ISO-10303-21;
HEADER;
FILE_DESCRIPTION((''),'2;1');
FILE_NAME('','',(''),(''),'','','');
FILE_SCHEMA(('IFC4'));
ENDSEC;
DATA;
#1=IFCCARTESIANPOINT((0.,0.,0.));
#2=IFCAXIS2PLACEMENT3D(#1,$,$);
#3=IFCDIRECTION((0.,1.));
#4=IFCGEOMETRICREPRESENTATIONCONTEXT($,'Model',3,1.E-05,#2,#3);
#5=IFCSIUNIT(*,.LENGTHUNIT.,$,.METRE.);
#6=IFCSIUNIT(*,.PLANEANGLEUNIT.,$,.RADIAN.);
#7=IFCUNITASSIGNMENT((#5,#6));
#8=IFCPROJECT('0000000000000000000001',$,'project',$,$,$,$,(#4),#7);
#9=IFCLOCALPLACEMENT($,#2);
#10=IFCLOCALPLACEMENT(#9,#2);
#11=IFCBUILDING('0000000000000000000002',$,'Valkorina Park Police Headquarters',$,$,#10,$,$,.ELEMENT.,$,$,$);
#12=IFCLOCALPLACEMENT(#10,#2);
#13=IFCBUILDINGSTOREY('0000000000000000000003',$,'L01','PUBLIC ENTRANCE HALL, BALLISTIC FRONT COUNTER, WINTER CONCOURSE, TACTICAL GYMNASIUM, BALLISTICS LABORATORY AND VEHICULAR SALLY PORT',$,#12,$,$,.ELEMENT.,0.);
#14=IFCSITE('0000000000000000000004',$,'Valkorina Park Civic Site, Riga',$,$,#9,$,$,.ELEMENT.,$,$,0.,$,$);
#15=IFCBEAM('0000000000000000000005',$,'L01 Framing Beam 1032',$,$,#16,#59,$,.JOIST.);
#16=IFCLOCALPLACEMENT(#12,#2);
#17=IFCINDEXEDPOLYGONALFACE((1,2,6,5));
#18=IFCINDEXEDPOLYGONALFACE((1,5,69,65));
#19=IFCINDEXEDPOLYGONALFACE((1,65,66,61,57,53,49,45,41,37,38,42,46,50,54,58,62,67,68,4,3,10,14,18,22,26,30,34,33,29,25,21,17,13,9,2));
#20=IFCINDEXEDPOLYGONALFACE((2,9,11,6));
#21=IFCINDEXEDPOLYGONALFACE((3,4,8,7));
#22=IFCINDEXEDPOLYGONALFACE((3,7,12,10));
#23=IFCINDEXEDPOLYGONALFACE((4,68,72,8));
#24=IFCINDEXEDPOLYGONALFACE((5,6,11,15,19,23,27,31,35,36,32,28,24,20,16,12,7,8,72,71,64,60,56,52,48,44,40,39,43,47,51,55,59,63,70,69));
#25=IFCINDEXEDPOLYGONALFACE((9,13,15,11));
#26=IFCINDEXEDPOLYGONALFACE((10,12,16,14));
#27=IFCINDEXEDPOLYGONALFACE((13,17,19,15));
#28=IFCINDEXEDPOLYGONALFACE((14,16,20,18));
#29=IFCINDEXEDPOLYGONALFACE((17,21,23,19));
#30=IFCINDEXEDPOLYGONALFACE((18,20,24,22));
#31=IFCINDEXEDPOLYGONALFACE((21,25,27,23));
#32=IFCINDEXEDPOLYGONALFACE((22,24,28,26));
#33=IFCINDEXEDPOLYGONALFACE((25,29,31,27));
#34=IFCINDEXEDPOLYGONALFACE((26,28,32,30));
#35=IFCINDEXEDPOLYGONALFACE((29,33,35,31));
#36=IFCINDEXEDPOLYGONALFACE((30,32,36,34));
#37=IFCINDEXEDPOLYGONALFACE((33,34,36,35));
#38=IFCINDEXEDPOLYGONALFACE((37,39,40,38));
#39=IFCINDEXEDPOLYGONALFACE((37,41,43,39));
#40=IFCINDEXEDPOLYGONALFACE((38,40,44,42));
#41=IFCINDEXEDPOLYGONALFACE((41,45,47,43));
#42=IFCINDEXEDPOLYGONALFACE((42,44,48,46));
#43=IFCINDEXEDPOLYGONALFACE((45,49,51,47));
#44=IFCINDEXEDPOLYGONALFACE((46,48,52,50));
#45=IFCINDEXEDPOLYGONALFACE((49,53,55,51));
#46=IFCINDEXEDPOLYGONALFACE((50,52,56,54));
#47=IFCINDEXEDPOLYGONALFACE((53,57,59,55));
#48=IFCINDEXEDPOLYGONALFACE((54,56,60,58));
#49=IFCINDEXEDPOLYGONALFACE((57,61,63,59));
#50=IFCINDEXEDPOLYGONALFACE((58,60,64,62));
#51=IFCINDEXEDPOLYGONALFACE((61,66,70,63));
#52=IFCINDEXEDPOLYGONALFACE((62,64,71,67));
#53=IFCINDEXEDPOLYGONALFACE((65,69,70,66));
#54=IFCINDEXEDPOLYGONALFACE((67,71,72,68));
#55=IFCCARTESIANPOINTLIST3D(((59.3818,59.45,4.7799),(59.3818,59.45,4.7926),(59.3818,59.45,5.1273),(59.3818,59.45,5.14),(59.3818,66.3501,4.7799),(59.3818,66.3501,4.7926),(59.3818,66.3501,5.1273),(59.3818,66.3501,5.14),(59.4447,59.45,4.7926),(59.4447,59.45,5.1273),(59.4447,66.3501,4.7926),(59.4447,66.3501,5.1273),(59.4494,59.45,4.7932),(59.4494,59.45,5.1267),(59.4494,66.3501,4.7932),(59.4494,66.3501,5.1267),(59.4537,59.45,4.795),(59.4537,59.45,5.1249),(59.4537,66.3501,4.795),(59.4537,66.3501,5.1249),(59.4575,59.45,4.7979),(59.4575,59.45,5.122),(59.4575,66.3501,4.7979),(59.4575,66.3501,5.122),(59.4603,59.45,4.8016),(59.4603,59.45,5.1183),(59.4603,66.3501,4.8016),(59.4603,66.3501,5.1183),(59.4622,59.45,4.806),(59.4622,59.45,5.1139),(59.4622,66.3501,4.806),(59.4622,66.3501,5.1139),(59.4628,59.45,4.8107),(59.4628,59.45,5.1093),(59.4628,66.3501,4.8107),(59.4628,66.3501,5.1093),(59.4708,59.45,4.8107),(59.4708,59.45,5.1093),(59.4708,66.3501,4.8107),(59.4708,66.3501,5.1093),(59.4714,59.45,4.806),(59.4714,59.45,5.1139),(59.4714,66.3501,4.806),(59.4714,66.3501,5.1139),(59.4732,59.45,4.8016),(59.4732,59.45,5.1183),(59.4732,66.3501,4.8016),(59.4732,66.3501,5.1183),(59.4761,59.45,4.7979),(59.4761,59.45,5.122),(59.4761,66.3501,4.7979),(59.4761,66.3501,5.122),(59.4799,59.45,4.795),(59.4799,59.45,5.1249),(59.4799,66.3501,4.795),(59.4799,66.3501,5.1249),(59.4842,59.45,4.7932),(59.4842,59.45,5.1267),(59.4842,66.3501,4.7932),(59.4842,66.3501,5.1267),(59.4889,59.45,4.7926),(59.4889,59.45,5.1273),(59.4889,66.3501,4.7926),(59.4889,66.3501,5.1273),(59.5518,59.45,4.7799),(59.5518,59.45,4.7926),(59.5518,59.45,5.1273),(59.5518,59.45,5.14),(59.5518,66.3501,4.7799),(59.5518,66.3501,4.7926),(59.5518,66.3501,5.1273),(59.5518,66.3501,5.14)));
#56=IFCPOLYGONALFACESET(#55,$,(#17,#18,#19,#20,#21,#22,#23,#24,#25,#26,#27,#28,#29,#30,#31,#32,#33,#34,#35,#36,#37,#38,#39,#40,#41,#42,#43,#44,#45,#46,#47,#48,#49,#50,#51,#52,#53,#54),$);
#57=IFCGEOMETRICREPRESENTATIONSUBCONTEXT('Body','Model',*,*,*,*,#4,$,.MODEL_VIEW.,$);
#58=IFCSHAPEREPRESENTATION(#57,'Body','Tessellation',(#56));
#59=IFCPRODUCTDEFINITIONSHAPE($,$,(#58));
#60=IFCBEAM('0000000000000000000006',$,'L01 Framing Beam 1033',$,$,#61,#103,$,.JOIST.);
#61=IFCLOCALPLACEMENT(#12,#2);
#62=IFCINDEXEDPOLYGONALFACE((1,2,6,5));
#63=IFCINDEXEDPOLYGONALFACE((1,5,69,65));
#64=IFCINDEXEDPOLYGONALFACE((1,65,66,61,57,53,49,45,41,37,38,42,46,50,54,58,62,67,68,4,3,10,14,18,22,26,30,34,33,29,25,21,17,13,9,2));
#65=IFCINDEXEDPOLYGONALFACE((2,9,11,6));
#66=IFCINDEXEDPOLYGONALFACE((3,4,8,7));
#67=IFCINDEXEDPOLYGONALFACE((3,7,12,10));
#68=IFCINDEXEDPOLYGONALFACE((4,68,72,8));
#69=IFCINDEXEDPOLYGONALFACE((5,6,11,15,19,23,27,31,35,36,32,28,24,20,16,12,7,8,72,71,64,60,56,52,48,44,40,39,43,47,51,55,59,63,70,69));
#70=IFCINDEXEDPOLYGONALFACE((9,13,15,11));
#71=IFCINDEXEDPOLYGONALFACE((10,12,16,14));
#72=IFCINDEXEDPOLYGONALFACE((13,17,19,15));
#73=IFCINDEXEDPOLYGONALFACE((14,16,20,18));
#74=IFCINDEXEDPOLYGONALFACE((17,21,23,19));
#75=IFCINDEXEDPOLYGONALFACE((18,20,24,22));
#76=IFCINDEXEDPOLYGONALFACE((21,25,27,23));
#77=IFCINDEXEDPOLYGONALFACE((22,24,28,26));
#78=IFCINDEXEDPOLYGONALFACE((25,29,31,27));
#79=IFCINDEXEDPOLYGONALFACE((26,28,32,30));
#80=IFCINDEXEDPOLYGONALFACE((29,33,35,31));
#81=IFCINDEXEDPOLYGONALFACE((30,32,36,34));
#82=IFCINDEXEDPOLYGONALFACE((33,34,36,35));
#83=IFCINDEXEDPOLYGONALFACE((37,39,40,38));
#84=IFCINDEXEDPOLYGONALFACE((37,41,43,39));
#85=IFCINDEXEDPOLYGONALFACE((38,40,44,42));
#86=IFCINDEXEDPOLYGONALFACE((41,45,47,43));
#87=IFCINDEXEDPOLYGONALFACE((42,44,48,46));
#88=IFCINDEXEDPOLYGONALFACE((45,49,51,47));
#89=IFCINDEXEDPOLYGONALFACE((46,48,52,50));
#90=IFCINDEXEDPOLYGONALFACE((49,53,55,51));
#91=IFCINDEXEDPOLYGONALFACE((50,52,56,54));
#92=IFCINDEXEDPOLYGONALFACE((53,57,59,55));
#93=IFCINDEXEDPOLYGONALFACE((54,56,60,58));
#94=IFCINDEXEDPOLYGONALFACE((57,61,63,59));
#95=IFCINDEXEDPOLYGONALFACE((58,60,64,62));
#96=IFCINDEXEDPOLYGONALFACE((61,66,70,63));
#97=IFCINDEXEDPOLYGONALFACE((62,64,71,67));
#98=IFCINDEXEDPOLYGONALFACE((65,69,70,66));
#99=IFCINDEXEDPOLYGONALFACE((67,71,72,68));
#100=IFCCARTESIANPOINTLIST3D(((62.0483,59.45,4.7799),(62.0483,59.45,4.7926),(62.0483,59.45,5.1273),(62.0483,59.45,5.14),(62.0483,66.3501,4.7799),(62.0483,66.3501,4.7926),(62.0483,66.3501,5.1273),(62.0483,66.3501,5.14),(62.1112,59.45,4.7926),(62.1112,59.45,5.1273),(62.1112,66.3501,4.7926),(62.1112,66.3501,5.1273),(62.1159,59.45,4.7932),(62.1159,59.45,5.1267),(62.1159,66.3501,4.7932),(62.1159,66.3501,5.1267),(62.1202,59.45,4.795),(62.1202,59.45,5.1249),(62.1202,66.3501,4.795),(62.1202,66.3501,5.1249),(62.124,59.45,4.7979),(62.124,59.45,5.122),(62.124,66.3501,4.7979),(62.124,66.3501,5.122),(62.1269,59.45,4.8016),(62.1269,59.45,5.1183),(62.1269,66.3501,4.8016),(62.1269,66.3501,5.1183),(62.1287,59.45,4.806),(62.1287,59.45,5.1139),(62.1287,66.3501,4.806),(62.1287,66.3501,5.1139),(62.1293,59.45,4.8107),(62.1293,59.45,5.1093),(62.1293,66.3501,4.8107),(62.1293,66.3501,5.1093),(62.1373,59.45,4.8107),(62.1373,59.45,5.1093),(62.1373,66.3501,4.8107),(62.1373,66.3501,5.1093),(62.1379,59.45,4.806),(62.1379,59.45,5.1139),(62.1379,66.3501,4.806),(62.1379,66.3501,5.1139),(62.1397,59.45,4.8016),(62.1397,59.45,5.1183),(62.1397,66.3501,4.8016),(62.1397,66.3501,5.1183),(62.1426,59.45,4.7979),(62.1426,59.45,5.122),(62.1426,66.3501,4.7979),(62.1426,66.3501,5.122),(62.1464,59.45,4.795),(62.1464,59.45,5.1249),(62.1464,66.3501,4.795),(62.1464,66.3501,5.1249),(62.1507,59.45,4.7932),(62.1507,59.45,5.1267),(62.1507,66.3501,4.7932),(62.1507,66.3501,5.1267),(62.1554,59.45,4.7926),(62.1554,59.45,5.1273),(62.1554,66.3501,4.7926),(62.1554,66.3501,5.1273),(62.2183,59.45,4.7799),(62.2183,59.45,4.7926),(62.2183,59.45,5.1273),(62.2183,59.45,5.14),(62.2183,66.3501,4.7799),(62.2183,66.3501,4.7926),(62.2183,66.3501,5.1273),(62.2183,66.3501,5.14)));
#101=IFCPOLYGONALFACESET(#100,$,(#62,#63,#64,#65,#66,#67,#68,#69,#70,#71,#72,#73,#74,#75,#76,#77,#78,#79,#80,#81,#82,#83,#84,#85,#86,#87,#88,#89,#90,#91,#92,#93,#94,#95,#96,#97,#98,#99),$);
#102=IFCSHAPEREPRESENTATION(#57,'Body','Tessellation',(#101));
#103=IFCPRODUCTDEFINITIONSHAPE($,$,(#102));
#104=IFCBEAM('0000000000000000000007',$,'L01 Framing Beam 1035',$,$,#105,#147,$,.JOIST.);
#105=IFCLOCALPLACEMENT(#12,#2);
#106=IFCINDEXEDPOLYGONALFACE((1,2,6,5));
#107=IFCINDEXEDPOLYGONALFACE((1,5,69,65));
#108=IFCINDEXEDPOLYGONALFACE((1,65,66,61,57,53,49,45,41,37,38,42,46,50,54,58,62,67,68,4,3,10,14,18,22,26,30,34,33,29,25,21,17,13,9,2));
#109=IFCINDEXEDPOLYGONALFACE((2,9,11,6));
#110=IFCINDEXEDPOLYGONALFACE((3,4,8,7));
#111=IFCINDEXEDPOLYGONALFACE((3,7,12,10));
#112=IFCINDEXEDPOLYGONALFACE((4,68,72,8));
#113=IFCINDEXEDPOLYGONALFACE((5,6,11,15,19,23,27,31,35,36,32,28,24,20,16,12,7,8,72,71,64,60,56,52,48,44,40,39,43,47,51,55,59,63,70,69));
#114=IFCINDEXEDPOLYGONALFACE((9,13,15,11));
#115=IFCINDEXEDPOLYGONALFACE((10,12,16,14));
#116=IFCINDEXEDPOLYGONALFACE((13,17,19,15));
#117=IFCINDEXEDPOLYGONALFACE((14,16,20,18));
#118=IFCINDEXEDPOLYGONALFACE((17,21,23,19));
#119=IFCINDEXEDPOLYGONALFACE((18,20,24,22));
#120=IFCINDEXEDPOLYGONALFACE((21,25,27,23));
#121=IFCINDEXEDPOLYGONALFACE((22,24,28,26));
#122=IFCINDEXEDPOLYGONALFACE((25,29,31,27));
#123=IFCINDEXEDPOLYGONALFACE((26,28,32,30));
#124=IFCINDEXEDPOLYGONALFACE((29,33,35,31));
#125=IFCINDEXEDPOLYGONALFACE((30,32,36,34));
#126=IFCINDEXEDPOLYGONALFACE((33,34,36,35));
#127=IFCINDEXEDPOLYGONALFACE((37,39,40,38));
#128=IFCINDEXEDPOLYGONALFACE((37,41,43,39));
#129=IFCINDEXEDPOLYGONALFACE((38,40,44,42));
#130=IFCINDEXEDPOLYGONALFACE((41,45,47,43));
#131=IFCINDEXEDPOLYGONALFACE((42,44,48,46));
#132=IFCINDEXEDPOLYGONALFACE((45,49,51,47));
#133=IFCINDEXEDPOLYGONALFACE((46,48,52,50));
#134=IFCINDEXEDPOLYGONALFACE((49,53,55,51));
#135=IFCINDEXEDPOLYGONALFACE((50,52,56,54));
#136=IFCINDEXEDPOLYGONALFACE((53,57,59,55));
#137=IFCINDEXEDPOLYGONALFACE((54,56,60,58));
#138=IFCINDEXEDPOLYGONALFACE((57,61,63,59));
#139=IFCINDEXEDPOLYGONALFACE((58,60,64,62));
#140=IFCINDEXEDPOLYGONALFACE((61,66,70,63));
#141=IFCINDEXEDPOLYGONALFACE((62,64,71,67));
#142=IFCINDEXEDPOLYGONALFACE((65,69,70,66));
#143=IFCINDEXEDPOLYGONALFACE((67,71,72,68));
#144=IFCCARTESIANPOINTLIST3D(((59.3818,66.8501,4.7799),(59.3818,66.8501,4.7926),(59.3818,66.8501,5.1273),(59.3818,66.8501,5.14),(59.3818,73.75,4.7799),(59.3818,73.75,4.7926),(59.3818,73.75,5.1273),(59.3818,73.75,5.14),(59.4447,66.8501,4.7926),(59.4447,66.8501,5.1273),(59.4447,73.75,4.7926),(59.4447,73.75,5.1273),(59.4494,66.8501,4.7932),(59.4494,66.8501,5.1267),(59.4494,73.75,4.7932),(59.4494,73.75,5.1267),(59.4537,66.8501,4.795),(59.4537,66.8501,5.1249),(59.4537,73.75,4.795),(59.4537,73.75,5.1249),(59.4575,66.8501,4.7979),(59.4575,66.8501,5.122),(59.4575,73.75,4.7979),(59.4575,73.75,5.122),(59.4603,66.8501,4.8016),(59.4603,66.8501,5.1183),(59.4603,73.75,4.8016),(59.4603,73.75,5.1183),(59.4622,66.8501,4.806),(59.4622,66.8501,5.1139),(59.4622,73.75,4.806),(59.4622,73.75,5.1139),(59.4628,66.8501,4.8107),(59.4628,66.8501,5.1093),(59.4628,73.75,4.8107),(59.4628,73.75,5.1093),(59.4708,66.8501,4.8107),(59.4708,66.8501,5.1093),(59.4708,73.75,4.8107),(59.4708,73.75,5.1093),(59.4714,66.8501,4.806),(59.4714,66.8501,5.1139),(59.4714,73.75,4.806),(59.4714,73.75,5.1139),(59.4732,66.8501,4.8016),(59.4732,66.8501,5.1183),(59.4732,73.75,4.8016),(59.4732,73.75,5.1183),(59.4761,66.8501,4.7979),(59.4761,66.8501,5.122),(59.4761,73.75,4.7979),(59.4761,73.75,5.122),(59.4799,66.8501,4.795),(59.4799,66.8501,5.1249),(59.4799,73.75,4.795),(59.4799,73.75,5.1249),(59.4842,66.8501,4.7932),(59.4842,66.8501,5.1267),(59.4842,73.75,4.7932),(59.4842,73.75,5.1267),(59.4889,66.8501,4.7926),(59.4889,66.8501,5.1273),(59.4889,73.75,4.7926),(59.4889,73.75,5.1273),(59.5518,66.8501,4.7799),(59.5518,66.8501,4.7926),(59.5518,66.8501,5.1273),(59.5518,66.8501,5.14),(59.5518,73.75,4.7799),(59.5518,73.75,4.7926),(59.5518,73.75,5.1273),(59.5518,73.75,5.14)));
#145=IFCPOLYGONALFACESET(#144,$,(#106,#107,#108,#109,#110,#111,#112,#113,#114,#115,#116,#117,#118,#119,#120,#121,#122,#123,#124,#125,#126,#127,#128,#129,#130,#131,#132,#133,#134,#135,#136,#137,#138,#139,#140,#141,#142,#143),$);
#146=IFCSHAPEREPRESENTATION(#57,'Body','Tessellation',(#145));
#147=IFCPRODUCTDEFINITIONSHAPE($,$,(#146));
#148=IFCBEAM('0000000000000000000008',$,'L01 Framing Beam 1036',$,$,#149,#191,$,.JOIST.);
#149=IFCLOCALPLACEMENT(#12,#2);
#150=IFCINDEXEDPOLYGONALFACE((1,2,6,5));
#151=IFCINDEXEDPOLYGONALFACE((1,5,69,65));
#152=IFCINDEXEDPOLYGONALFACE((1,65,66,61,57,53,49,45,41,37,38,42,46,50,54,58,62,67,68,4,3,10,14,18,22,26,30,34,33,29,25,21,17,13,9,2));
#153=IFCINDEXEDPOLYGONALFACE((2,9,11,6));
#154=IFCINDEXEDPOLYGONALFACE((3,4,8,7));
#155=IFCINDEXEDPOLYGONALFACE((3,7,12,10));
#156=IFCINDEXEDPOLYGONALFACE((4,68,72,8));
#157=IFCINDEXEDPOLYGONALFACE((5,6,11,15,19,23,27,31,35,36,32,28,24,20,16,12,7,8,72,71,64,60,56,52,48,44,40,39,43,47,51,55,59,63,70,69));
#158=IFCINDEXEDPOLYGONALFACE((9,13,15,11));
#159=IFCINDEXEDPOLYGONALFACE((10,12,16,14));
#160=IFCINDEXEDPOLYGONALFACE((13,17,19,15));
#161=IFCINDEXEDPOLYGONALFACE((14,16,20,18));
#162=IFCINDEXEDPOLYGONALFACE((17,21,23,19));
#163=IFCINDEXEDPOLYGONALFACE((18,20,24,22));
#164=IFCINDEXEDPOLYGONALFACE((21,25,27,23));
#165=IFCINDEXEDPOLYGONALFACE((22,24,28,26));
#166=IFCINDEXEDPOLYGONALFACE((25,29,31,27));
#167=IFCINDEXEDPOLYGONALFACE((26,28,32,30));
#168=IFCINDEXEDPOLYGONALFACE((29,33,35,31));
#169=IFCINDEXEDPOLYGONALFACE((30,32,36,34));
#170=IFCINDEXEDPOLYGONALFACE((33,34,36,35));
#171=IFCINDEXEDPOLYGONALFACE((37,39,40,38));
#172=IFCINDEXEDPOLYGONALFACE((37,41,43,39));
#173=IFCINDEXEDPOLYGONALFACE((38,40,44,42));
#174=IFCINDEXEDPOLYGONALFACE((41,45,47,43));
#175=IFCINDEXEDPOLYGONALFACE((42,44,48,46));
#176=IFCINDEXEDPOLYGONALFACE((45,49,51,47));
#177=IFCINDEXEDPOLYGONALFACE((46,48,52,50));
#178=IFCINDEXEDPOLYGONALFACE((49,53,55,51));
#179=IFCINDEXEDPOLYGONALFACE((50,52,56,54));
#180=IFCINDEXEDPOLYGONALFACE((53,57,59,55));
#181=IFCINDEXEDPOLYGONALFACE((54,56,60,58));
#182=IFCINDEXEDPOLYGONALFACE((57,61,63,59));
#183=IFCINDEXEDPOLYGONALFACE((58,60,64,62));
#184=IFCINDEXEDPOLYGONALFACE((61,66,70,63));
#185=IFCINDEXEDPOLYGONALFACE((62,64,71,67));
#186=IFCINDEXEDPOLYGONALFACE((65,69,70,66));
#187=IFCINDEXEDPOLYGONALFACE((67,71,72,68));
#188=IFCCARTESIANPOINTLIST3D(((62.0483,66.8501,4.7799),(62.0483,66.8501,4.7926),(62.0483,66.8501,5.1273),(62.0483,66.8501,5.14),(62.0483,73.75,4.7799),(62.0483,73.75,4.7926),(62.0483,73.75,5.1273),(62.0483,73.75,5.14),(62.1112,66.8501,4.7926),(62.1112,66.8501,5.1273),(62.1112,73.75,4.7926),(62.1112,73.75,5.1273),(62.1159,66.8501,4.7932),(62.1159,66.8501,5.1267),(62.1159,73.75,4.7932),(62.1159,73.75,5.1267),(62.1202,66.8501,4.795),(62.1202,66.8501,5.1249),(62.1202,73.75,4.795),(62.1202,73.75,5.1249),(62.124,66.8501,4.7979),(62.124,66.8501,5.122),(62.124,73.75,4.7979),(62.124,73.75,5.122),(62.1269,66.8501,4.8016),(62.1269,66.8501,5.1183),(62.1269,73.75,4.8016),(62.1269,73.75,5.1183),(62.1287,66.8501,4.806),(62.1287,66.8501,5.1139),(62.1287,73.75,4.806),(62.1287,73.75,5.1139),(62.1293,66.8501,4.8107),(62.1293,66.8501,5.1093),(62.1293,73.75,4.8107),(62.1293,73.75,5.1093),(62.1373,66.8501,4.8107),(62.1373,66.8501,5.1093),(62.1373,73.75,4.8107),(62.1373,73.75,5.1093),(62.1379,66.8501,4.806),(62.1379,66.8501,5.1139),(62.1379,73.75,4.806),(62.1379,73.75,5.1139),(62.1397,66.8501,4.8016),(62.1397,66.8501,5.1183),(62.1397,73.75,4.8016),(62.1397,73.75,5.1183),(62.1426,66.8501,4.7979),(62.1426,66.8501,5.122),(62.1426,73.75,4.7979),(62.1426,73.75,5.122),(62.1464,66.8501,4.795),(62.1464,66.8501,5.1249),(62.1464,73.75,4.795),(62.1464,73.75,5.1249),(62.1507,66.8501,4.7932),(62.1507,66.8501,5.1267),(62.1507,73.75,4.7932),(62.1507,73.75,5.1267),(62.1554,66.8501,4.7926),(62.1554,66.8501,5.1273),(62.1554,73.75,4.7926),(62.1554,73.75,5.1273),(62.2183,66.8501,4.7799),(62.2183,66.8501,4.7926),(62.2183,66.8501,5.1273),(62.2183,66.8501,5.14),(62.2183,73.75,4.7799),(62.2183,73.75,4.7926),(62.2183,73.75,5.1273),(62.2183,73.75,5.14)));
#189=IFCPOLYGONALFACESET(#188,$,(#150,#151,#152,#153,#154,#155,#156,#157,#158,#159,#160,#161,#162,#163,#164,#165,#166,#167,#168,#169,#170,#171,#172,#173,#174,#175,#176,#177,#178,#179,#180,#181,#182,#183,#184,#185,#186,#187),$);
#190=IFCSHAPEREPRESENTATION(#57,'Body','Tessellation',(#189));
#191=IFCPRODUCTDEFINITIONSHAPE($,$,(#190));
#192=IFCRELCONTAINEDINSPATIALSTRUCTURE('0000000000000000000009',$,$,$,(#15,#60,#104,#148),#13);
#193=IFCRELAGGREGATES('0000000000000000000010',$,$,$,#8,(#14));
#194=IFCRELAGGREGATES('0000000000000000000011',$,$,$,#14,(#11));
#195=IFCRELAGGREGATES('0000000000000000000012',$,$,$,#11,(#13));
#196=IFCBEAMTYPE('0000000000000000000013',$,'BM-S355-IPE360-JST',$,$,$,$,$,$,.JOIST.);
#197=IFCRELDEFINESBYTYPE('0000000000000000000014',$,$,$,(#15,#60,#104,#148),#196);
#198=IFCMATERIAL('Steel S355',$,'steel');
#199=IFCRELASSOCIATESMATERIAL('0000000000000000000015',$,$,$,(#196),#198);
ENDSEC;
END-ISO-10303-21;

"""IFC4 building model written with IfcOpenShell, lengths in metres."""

from ifc_helpers import new_model, si_unit, direction, frame, origin, origin_2d, place, context, subcontext, project, spatial, i_section, extrude, material, material_profile, profile_set, type_object, element, save


model = new_model("IFC4")

# Units and contexts
model_context = context("Model", 3, precision=1e-05, world=origin(), true_north=direction((0.0, 1.0)))
body_context = subcontext(model_context, "Body", "Model", "MODEL_VIEW")
ifc_project = project(units=[si_unit("LENGTHUNIT", "METRE"), si_unit("PLANEANGLEUNIT", "RADIAN")], contexts=[model_context])

# Site, building, storey
site_placement = place(None, origin())
site = spatial("IfcSite", under=ifc_project, at=site_placement, Name="Valkorina Park Civic Site, Riga", CompositionType="ELEMENT", RefElevation=0.0)
building_placement = place(site_placement, origin())
building = spatial("IfcBuilding", under=site, at=building_placement, Name="Valkorina Park Police Headquarters", CompositionType="ELEMENT")
storey_placement = place(building_placement, origin())
storey = spatial("IfcBuildingStorey", under=building, at=storey_placement, Name="L01", Description="PUBLIC ENTRANCE HALL, BALLISTIC FRONT COUNTER, WINTER CONCOURSE, TACTICAL GYMNASIUM, BALLISTICS LABORATORY AND VEHICULAR SALLY PORT", CompositionType="ELEMENT", Elevation=0.0)

# Beams
ifc_material_1 = material(Name="Steel S355", Category="steel")
ifc_material_profile_1 = material_profile(ifc_material_1, i_section(OverallWidth=0.1699, OverallDepth=0.3601, WebThickness=0.0081, FlangeThickness=0.0127, FilletRadius=0.0181, at=origin_2d()), Name="IPE 360")
ifc_profile_set_1 = profile_set([ifc_material_profile_1], Name="Steel S355")
beam_type_1 = type_object("IfcBeamType", Name="BM-S355-IPE360-JST", PredefinedType="JOIST", material=ifc_profile_set_1)
for number, where, z_axis, x_axis, name in (
    (1, (59.4668, 59.45, 4.96), (0.0, 1.0, 0.0), (-1.0, 0.0, 0.0), "L01 Framing Beam 1032"),
    (2, (62.1333, 59.45, 4.96), (0.0, 1.0, 0.0), (-1.0, 0.0, 0.0), "L01 Framing Beam 1033"),
):
    element("IfcBeam", number, at=place(storey_placement, frame(where, z_axis=z_axis, x_axis=x_axis)), inside=storey, type_object=beam_type_1, Name=name, PredefinedType="JOIST", context=body_context, shape_type="SweptSolid", body=[
        extrude(i_section(OverallWidth=0.1699, OverallDepth=0.3601, WebThickness=0.0081, FlangeThickness=0.0127, FilletRadius=0.0181, at=origin_2d()), origin(), (0.0, 0.0, 1.0), 6.9001),
    ])
for number, where, z_axis, x_axis, name in (
    (3, (59.4668, 66.8501, 4.96), (0.0, 1.0, 0.0), (-1.0, 0.0, 0.0), "L01 Framing Beam 1035"),
    (4, (62.1333, 66.8501, 4.96), (0.0, 1.0, 0.0), (-1.0, 0.0, 0.0), "L01 Framing Beam 1036"),
):
    element("IfcBeam", number, at=place(storey_placement, frame(where, z_axis=z_axis, x_axis=x_axis)), inside=storey, type_object=beam_type_1, Name=name, PredefinedType="JOIST", context=body_context, shape_type="SweptSolid", body=[
        extrude(i_section(OverallWidth=0.1699, OverallDepth=0.3601, WebThickness=0.0081, FlangeThickness=0.0127, FilletRadius=0.0181, at=origin_2d()), origin(), (0.0, 0.0, 1.0), 6.8999),
    ])

save(model, "model.ifc")
